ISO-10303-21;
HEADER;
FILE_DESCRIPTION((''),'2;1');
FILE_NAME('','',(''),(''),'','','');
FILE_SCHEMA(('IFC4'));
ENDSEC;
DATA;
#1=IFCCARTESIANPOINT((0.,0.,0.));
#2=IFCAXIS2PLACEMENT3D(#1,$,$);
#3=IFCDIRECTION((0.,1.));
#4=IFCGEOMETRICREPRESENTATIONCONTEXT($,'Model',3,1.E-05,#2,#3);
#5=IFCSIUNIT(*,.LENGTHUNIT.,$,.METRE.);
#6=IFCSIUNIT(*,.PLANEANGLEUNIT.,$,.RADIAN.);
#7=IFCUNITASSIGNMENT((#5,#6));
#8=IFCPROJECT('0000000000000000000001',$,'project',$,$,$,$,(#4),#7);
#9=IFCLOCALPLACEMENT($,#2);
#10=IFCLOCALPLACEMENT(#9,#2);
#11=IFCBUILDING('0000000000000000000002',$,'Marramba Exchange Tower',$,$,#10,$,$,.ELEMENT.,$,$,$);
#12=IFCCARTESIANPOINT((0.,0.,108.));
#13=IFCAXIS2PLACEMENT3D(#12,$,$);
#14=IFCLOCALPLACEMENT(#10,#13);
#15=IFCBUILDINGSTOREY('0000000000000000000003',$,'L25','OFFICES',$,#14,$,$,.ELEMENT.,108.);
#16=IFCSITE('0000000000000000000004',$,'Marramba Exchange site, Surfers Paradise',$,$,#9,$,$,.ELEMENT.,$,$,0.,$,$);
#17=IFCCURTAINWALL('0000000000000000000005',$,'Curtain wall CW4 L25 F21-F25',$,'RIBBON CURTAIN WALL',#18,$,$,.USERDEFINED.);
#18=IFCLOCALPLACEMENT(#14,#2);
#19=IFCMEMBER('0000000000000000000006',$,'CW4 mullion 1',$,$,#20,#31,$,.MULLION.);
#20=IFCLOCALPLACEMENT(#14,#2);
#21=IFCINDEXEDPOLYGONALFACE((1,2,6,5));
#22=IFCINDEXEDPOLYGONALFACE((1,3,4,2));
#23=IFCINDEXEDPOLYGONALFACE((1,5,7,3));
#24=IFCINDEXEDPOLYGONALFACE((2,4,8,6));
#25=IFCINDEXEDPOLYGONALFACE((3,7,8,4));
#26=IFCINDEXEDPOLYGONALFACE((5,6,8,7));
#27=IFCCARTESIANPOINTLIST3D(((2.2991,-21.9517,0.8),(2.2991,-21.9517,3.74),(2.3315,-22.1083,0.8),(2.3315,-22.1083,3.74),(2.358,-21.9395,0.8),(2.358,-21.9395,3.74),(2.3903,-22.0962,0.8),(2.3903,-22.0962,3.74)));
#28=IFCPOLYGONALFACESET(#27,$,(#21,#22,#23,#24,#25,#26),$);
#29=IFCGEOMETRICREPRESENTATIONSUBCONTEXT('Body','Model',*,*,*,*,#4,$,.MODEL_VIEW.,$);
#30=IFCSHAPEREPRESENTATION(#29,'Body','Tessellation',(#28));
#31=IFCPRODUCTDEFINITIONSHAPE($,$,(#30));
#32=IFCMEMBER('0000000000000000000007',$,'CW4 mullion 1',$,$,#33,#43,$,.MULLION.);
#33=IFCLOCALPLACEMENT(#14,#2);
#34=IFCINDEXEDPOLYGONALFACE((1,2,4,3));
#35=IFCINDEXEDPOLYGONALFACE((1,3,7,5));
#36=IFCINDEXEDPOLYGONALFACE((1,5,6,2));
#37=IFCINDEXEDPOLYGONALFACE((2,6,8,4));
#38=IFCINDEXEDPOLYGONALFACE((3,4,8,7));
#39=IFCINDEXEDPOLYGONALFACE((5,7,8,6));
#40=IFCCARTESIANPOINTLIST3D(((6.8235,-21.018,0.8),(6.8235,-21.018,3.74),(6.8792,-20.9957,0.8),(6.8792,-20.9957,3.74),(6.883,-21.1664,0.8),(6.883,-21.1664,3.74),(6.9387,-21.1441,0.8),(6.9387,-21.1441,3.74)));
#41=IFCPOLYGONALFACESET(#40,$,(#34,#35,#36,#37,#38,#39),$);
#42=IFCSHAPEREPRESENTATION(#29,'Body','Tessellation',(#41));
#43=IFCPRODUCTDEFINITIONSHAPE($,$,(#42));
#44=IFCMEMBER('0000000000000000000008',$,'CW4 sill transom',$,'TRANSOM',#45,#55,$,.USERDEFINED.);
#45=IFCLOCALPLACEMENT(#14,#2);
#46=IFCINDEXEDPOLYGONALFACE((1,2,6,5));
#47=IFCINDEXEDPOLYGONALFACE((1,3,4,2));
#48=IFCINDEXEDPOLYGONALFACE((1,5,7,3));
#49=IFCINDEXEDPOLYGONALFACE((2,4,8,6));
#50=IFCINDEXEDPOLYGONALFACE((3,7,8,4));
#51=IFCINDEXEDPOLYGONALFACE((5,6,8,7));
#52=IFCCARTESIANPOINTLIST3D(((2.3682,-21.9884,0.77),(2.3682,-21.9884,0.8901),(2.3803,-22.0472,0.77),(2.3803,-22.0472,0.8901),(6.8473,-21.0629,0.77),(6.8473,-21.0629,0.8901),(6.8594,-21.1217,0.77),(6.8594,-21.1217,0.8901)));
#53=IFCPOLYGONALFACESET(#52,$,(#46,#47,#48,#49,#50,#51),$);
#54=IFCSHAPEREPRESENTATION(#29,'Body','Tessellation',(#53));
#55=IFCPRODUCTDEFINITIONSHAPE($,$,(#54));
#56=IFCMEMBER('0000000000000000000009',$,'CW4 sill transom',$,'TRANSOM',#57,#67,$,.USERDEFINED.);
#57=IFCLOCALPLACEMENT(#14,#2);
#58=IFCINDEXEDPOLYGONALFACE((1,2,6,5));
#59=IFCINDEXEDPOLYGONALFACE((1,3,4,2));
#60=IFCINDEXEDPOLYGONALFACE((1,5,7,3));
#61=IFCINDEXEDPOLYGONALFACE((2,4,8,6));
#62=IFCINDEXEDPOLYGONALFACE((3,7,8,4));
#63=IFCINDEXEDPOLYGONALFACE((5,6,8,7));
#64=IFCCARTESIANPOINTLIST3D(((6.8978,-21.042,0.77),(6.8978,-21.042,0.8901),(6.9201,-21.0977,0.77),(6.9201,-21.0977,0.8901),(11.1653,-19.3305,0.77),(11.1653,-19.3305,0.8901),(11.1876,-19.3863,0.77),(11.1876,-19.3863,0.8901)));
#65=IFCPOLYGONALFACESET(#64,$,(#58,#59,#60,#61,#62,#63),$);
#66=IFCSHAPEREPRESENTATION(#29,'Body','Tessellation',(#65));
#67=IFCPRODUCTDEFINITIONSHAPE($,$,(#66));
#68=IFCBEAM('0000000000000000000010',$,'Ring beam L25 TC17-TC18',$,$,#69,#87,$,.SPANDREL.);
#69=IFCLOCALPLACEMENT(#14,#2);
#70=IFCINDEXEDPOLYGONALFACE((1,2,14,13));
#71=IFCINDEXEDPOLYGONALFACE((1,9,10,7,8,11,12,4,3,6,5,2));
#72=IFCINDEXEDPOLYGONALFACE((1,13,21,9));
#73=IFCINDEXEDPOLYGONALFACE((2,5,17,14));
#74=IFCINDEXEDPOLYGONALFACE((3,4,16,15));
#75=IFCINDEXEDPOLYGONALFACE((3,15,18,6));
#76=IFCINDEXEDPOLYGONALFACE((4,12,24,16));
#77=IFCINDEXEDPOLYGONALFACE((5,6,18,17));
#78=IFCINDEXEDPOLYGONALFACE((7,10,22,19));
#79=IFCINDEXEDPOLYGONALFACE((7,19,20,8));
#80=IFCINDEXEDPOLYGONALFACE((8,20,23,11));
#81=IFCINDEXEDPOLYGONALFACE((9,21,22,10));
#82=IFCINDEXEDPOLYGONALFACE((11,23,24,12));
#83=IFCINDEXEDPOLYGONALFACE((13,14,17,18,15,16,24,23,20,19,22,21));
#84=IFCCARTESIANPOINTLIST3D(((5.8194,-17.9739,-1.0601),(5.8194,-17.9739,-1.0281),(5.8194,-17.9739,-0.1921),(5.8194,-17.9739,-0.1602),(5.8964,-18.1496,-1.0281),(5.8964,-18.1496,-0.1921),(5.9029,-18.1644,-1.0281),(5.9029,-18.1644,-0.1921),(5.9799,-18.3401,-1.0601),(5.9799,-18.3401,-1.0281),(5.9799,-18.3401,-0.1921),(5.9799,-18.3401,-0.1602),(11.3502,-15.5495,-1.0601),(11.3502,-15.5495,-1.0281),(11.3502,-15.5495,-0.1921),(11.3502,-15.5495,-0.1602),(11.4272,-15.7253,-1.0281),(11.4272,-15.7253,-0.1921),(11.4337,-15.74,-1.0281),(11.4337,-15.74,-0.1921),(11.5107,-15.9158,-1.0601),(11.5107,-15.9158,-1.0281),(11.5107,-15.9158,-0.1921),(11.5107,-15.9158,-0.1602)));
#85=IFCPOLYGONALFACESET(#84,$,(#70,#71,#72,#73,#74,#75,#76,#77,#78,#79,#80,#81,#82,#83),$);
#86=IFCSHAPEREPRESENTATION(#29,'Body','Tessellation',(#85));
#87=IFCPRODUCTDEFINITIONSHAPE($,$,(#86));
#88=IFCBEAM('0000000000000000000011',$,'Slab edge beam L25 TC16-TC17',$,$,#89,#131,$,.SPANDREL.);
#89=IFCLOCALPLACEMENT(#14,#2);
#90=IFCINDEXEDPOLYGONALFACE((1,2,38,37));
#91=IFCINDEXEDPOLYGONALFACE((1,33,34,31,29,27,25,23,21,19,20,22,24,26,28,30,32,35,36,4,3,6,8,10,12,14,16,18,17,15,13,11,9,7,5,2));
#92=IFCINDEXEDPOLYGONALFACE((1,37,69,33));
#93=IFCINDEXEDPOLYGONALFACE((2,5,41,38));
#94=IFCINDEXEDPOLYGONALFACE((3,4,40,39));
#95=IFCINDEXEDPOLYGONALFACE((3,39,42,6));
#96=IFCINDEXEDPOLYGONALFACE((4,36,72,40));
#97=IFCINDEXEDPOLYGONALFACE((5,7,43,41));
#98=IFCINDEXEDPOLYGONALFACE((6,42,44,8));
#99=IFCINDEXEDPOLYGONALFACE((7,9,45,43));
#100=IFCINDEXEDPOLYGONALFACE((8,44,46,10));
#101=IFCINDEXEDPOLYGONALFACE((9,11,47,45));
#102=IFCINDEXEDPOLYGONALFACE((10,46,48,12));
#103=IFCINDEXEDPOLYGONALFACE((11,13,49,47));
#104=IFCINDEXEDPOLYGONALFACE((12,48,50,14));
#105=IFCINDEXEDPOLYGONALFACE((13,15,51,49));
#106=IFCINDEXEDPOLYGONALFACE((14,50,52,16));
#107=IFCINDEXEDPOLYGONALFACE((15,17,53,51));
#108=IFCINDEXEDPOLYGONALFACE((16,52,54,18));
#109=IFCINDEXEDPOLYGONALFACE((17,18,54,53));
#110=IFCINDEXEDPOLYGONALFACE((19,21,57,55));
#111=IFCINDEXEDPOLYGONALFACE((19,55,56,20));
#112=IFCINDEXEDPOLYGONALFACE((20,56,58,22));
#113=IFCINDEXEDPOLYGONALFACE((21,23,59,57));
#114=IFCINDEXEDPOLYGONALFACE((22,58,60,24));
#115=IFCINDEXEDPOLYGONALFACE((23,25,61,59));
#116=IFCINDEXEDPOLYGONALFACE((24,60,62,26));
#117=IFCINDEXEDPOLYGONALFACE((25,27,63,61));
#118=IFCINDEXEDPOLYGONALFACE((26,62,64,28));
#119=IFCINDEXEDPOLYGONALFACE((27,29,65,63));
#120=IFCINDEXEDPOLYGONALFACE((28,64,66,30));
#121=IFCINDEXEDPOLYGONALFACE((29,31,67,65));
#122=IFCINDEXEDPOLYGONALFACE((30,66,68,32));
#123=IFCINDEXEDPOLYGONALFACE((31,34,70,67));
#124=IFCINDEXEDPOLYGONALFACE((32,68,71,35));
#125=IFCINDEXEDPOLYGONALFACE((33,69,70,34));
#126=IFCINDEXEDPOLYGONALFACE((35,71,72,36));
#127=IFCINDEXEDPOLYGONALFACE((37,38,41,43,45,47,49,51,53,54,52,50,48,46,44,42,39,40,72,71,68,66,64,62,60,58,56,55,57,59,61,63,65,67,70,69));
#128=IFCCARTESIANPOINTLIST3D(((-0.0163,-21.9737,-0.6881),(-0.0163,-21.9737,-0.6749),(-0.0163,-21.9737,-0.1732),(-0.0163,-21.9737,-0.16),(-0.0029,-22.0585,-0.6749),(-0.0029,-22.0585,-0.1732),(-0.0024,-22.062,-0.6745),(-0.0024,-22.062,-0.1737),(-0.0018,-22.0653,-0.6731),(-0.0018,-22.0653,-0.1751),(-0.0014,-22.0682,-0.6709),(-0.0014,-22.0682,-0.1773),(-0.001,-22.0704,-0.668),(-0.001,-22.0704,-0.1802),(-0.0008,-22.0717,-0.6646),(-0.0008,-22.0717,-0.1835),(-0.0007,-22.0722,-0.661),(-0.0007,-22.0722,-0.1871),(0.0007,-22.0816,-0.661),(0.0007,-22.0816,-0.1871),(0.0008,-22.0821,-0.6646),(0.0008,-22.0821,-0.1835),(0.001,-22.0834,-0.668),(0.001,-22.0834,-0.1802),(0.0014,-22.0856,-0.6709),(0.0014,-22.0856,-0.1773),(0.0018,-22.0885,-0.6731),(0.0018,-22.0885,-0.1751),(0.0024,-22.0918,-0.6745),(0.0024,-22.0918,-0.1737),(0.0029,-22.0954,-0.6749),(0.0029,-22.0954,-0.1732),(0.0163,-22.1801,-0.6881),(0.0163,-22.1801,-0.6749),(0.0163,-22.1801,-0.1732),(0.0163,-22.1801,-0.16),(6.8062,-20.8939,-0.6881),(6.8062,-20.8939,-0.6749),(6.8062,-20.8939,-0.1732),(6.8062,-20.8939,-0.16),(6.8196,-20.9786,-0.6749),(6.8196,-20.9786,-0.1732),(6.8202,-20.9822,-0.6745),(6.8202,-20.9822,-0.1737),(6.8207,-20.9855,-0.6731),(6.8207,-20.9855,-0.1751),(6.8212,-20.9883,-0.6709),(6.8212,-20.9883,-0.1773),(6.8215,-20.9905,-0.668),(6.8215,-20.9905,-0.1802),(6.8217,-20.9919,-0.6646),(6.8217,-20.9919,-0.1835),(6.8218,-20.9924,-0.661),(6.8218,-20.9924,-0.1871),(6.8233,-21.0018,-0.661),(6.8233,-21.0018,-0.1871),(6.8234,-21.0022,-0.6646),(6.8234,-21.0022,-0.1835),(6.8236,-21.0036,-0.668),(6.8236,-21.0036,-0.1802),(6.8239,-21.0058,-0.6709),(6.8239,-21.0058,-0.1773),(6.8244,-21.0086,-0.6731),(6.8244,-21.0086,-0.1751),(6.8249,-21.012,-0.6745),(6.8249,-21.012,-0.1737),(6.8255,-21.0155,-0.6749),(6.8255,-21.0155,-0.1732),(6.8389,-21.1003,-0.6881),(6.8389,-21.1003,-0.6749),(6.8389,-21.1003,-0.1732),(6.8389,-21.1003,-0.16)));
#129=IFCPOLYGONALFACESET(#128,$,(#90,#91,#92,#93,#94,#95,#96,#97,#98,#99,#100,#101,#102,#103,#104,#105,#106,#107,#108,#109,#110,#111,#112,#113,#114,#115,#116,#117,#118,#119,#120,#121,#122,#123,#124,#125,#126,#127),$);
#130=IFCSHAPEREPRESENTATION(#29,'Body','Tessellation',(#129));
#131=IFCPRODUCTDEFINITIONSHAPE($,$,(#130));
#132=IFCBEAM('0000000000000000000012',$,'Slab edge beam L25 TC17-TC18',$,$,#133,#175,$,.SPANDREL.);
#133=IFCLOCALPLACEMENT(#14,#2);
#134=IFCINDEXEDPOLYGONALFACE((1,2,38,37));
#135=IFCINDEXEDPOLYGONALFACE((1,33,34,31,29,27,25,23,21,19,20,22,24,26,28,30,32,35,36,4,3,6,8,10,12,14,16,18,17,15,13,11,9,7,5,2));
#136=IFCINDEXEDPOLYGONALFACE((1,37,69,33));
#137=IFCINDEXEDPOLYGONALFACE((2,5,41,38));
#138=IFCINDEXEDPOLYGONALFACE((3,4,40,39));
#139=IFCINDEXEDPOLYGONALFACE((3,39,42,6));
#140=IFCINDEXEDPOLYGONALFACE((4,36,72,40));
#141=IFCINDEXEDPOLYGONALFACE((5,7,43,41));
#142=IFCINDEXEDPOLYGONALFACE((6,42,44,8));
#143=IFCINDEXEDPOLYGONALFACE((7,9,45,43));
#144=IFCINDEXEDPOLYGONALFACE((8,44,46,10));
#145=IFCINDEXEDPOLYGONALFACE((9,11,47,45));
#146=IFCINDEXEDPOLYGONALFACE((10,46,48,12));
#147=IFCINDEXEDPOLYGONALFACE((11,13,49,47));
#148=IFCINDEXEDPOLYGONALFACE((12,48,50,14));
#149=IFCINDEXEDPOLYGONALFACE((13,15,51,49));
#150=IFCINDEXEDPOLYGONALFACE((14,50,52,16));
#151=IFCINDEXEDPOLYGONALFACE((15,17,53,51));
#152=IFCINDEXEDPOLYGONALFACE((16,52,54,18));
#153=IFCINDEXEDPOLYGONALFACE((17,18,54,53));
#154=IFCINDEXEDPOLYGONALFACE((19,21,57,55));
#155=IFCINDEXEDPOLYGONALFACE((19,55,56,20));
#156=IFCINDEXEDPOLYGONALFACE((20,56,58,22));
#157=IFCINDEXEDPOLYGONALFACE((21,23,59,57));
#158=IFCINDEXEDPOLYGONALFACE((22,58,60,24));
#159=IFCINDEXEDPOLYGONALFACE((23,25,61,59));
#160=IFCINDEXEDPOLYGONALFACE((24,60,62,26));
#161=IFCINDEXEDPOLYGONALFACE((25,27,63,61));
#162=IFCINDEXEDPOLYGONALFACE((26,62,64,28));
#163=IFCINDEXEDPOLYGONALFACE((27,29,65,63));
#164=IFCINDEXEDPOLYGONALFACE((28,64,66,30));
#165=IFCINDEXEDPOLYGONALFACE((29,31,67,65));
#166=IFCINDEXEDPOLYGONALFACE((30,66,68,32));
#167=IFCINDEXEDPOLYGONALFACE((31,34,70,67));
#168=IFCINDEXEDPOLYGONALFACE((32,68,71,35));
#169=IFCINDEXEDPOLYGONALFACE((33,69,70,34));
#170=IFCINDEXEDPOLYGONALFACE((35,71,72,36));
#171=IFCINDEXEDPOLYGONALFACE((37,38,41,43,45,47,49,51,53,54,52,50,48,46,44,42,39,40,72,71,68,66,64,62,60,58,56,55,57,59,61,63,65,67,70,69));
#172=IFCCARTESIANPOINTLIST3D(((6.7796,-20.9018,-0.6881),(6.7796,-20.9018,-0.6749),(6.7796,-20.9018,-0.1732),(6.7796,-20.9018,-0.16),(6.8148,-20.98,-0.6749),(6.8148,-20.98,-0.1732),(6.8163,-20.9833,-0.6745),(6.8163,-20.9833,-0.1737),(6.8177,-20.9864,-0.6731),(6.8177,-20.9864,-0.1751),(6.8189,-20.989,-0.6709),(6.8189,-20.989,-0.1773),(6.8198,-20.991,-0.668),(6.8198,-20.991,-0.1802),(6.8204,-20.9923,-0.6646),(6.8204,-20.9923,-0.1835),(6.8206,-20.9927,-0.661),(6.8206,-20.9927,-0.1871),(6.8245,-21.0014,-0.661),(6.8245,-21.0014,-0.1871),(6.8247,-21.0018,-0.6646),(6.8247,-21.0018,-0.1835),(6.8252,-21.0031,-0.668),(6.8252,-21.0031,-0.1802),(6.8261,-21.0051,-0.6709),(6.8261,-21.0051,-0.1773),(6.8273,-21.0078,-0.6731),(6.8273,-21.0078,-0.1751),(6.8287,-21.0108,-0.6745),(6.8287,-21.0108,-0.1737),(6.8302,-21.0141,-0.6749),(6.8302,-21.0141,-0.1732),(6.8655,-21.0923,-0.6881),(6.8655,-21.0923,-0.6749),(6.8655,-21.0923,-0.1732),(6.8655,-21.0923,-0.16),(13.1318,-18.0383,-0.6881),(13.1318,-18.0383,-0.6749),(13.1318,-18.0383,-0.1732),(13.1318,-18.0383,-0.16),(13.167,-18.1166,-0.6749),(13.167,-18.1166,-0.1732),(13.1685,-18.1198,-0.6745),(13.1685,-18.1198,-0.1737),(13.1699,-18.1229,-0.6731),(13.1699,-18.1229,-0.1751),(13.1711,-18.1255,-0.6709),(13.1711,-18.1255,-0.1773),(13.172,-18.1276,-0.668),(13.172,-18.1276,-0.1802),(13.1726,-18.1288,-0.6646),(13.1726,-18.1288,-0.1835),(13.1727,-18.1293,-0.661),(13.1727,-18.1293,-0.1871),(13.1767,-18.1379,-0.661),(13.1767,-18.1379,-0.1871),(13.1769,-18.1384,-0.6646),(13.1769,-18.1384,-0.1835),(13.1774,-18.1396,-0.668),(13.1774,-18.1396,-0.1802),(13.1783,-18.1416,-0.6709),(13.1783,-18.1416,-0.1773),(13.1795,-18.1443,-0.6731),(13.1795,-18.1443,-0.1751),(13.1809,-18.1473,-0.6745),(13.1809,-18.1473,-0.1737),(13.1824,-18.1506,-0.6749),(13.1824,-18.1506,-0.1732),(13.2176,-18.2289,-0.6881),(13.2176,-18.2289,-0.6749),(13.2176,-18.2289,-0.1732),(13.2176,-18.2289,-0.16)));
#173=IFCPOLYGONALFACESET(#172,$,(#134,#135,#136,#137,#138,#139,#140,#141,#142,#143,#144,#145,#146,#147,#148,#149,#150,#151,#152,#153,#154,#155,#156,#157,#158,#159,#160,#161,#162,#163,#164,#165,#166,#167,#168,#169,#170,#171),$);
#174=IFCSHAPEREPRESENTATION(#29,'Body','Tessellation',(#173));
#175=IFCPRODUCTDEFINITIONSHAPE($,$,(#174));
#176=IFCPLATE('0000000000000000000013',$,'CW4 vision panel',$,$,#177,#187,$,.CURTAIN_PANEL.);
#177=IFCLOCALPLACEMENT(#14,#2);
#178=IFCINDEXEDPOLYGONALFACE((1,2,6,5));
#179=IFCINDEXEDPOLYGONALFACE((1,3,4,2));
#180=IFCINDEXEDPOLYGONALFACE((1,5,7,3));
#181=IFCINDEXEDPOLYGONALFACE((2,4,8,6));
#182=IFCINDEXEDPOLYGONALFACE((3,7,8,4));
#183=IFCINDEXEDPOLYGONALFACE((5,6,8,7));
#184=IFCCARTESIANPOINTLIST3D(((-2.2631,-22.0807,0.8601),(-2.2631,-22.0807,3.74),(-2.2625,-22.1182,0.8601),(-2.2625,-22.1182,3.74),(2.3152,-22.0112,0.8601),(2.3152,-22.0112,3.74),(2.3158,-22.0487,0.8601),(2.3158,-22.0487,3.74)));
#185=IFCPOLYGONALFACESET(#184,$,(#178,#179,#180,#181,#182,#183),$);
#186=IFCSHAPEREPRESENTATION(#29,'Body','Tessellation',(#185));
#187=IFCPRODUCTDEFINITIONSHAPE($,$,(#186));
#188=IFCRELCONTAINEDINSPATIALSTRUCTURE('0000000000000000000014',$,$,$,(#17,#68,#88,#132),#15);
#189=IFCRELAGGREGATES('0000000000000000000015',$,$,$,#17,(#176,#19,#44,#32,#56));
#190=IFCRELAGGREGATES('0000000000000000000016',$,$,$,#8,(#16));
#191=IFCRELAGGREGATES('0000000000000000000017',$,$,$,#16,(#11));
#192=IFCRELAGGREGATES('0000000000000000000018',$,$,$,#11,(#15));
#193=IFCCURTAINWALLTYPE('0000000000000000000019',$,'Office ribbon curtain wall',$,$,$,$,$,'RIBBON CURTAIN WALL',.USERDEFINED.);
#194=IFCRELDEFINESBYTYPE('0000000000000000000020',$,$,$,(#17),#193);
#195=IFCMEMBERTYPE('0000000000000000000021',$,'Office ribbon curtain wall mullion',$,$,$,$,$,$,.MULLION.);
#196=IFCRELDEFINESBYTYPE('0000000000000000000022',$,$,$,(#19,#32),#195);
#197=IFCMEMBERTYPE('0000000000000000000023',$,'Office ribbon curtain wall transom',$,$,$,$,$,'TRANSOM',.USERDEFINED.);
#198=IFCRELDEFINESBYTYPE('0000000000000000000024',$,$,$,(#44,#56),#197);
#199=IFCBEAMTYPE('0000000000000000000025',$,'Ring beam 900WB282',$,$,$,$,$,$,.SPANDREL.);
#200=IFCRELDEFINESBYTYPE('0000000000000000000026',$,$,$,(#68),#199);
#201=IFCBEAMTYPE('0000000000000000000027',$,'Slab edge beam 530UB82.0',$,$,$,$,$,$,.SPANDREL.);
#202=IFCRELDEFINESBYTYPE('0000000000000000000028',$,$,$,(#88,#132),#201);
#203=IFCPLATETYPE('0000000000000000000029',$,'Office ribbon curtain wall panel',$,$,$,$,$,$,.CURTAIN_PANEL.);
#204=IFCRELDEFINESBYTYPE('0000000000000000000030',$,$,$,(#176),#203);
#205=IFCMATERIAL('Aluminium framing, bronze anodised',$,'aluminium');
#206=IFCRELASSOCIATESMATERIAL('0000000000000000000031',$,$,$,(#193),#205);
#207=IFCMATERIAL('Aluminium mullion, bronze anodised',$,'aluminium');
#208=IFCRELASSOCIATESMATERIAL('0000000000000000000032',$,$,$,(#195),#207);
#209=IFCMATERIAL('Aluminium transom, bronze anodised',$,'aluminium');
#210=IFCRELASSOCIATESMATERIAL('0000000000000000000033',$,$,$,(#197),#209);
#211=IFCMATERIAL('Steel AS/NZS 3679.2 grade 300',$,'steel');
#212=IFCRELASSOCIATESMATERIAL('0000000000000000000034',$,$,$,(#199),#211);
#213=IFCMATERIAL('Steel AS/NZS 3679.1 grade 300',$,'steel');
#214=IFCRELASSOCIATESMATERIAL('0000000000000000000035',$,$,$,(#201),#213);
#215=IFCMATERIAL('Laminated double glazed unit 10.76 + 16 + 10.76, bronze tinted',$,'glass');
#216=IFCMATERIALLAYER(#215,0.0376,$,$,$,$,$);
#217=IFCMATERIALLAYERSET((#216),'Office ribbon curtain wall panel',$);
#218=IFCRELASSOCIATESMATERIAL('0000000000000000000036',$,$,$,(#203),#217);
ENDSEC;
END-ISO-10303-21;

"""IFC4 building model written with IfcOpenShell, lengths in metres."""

from ifc_helpers import new_model, si_unit, direction, frame, origin, origin_2d, place, context, subcontext, project, spatial, rectangle, i_section, extrude, material, layer, layer_set, material_profile, profile_set, type_object, element, aggregate, save


model = new_model("IFC4")

# Units and contexts
model_context = context("Model", 3, precision=1e-05, world=origin(), true_north=direction((0.0, 1.0)))
body_context = subcontext(model_context, "Body", "Model", "MODEL_VIEW")
ifc_project = project(units=[si_unit("LENGTHUNIT", "METRE"), si_unit("PLANEANGLEUNIT", "RADIAN")], contexts=[model_context])

# Site, building, storey
site_placement = place(None, origin())
site = spatial("IfcSite", under=ifc_project, at=site_placement, Name="Marramba Exchange site, Surfers Paradise", CompositionType="ELEMENT", RefElevation=0.0)
building_placement = place(site_placement, origin())
building = spatial("IfcBuilding", under=site, at=building_placement, Name="Marramba Exchange Tower", CompositionType="ELEMENT")
storey_placement = place(building_placement, frame((0.0, 0.0, 108.0)))
storey = spatial("IfcBuildingStorey", under=building, at=storey_placement, Name="L25", Description="OFFICES", CompositionType="ELEMENT", Elevation=108.0)

# Shared definitions
ifc_material_1 = material(Name="Steel AS/NZS 3679.2 grade 300", Category="steel")
ifc_material_2 = material(Name="Steel AS/NZS 3679.1 grade 300", Category="steel")

# Curtain wall, members
ifc_material_3 = material(Name="Aluminium framing, bronze anodised", Category="aluminium")
curtain_wall_type = type_object("IfcCurtainWallType", Name="Office ribbon curtain wall", ElementType="RIBBON CURTAIN WALL", PredefinedType="USERDEFINED", material=ifc_material_3)
curtain_wall_placement = place(storey_placement, origin())
curtain_wall = element("IfcCurtainWall", 1, at=curtain_wall_placement, inside=storey, type_object=curtain_wall_type, Name="Curtain wall CW4 L25 F21-F25", ObjectType="RIBBON CURTAIN WALL", PredefinedType="USERDEFINED")
ifc_material_4 = material(Name="Aluminium mullion, bronze anodised", Category="aluminium")
ifc_material_profile_1 = material_profile(ifc_material_4, rectangle(XDim=0.1599, YDim=0.0601, at=origin_2d()), Name="CW4 mullion 60x160")
ifc_profile_set_1 = profile_set([ifc_material_profile_1], Name="Aluminium mullion, bronze anodised")
member_type_1 = type_object("IfcMemberType", Name="Office ribbon curtain wall mullion", PredefinedType="MULLION", material=ifc_profile_set_1)
member_1_placement = place(storey_placement, frame((2.3447, -22.0239, 0.8), z_axis=(0.0, 0.0, 1.0), x_axis=(-0.202365, 0.97931, 0.0)))
member_1 = element("IfcMember", 2, at=member_1_placement, type_object=member_type_1, Name="CW4 mullion 1", PredefinedType="MULLION", context=body_context, shape_type="SweptSolid", body=[
    extrude(rectangle(XDim=0.1599, YDim=0.0601, at=origin_2d()), origin(), (0.0, 0.0, 1.0), 2.9399),
])
member_2_placement = place(storey_placement, frame((6.8811, -21.0811, 0.8), z_axis=(0.0, 0.0, 1.0), x_axis=(-0.372209, 0.928149, 0.0)))
member_2 = element("IfcMember", 3, at=member_2_placement, type_object=member_type_1, Name="CW4 mullion 1", PredefinedType="MULLION", context=body_context, shape_type="SweptSolid", body=[
    extrude(rectangle(XDim=0.1599, YDim=0.0601, at=origin_2d()), origin(), (0.0, 0.0, 1.0), 2.9399),
])
ifc_material_5 = material(Name="Aluminium transom, bronze anodised", Category="aluminium")
ifc_material_profile_2 = material_profile(ifc_material_5, rectangle(XDim=0.0601, YDim=0.1201, at=origin_2d()), Name="CW4 transom 60x120")
ifc_profile_set_2 = profile_set([ifc_material_profile_2], Name="Aluminium transom, bronze anodised")
member_type_2 = type_object("IfcMemberType", Name="Office ribbon curtain wall transom", ElementType="TRANSOM", PredefinedType="USERDEFINED", material=ifc_profile_set_2)
member_3_placement = place(storey_placement, frame((2.3743, -22.0178, 0.8301), z_axis=(0.97931, 0.202364, 0.0), x_axis=(-0.202364, 0.97931, 0.0)))
member_3 = element("IfcMember", 4, at=member_3_placement, type_object=member_type_2, Name="CW4 sill transom", ObjectType="TRANSOM", PredefinedType="USERDEFINED", context=body_context, shape_type="SweptSolid", body=[
    extrude(rectangle(XDim=0.0601, YDim=0.1201, at=origin_2d()), origin(), (0.0, 0.0, 1.0), 4.5737),
])
member_4_placement = place(storey_placement, frame((6.9089, -21.0698, 0.8301), z_axis=(0.928147, 0.372214, 0.0), x_axis=(-0.372214, 0.928147, 0.0)))
member_4 = element("IfcMember", 5, at=member_4_placement, type_object=member_type_2, Name="CW4 sill transom", ObjectType="TRANSOM", PredefinedType="USERDEFINED", context=body_context, shape_type="SweptSolid", body=[
    extrude(rectangle(XDim=0.0601, YDim=0.1201, at=origin_2d()), origin(), (0.0, 0.0, 1.0), 4.5979),
])

# Beams
ifc_material_profile_3 = material_profile(ifc_material_1, i_section(OverallWidth=0.3999, OverallDepth=0.8999, WebThickness=0.0161, FlangeThickness=0.032, at=origin_2d()), Name="900WB282")
ifc_profile_set_3 = profile_set([ifc_material_profile_3], Name="Steel AS/NZS 3679.2 grade 300")
beam_type_1 = type_object("IfcBeamType", Name="Ring beam 900WB282", PredefinedType="SPANDREL", material=ifc_profile_set_3)
beam_1_placement = place(storey_placement, frame((5.8997, -18.157, -0.6101), z_axis=(0.915877, 0.401459, 0.0), x_axis=(-0.401459, 0.915877, 0.0)))
element("IfcBeam", 6, at=beam_1_placement, inside=storey, type_object=beam_type_1, Name="Ring beam L25 TC17-TC18", PredefinedType="SPANDREL", context=body_context, shape_type="SweptSolid", body=[
    extrude(i_section(OverallWidth=0.3999, OverallDepth=0.8999, WebThickness=0.0161, FlangeThickness=0.032, at=origin_2d()), origin(), (0.0, 0.0, 1.0), 6.0388),
])
ifc_material_profile_4 = material_profile(ifc_material_2, i_section(OverallWidth=0.209, OverallDepth=0.5281, WebThickness=0.0095, FlangeThickness=0.0132, FilletRadius=0.0139, at=origin_2d()), Name="530UB82.0")
ifc_profile_set_4 = profile_set([ifc_material_profile_4], Name="Steel AS/NZS 3679.1 grade 300")
beam_type_2 = type_object("IfcBeamType", Name="Slab edge beam 530UB82.0", PredefinedType="SPANDREL", material=ifc_profile_set_4)
beam_2_placement = place(storey_placement, frame((0.0, -22.0769, -0.4241), z_axis=(0.987705, 0.156329, 0.0), x_axis=(-0.156329, 0.987705, 0.0)))
element("IfcBeam", 7, at=beam_2_placement, inside=storey, type_object=beam_type_2, Name="Slab edge beam L25 TC16-TC17", PredefinedType="SPANDREL", context=body_context, shape_type="SweptSolid", body=[
    extrude(i_section(OverallWidth=0.209, OverallDepth=0.5281, WebThickness=0.0095, FlangeThickness=0.0132, FilletRadius=0.0139, at=origin_2d()), origin(), (0.0, 0.0, 1.0), 6.9075),
])
beam_3_placement = place(storey_placement, frame((6.8225, -20.9971, -0.4241), z_axis=(0.911653, 0.41096, 0.0), x_axis=(-0.41096, 0.911653, 0.0)))
element("IfcBeam", 8, at=beam_3_placement, inside=storey, type_object=beam_type_2, Name="Slab edge beam L25 TC17-TC18", PredefinedType="SPANDREL", context=body_context, shape_type="SweptSolid", body=[
    extrude(i_section(OverallWidth=0.209, OverallDepth=0.5281, WebThickness=0.0095, FlangeThickness=0.0132, FilletRadius=0.0139, at=origin_2d()), origin(), (0.0, 0.0, 1.0), 6.9678),
])

# Plate
ifc_material_6 = material(Name="Laminated double glazed unit 10.76 + 16 + 10.76, bronze tinted", Category="glass")
ifc_layer_1 = layer(ifc_material_6, 0.0376)
ifc_layer_set_1 = layer_set([ifc_layer_1], Name="Office ribbon curtain wall panel")
plate_type = type_object("IfcPlateType", Name="Office ribbon curtain wall panel", PredefinedType="CURTAIN_PANEL", material=ifc_layer_set_1)
plate_1_placement = place(storey_placement, frame((0.0264, -22.0647, 0.8601), z_axis=(0.0, 0.0, 1.0), x_axis=(0.999885, 0.015179, 0.0)))
plate_1 = element("IfcPlate", 9, at=plate_1_placement, type_object=plate_type, Name="CW4 vision panel", PredefinedType="CURTAIN_PANEL", context=body_context, shape_type="SweptSolid", body=[
    extrude(rectangle(XDim=4.5789, YDim=0.0376, at=origin_2d()), origin(), (0.0, 0.0, 1.0), 2.8799),
])
aggregate(curtain_wall, [plate_1, member_1, member_3, member_2, member_4])

save(model, "model.ifc")
